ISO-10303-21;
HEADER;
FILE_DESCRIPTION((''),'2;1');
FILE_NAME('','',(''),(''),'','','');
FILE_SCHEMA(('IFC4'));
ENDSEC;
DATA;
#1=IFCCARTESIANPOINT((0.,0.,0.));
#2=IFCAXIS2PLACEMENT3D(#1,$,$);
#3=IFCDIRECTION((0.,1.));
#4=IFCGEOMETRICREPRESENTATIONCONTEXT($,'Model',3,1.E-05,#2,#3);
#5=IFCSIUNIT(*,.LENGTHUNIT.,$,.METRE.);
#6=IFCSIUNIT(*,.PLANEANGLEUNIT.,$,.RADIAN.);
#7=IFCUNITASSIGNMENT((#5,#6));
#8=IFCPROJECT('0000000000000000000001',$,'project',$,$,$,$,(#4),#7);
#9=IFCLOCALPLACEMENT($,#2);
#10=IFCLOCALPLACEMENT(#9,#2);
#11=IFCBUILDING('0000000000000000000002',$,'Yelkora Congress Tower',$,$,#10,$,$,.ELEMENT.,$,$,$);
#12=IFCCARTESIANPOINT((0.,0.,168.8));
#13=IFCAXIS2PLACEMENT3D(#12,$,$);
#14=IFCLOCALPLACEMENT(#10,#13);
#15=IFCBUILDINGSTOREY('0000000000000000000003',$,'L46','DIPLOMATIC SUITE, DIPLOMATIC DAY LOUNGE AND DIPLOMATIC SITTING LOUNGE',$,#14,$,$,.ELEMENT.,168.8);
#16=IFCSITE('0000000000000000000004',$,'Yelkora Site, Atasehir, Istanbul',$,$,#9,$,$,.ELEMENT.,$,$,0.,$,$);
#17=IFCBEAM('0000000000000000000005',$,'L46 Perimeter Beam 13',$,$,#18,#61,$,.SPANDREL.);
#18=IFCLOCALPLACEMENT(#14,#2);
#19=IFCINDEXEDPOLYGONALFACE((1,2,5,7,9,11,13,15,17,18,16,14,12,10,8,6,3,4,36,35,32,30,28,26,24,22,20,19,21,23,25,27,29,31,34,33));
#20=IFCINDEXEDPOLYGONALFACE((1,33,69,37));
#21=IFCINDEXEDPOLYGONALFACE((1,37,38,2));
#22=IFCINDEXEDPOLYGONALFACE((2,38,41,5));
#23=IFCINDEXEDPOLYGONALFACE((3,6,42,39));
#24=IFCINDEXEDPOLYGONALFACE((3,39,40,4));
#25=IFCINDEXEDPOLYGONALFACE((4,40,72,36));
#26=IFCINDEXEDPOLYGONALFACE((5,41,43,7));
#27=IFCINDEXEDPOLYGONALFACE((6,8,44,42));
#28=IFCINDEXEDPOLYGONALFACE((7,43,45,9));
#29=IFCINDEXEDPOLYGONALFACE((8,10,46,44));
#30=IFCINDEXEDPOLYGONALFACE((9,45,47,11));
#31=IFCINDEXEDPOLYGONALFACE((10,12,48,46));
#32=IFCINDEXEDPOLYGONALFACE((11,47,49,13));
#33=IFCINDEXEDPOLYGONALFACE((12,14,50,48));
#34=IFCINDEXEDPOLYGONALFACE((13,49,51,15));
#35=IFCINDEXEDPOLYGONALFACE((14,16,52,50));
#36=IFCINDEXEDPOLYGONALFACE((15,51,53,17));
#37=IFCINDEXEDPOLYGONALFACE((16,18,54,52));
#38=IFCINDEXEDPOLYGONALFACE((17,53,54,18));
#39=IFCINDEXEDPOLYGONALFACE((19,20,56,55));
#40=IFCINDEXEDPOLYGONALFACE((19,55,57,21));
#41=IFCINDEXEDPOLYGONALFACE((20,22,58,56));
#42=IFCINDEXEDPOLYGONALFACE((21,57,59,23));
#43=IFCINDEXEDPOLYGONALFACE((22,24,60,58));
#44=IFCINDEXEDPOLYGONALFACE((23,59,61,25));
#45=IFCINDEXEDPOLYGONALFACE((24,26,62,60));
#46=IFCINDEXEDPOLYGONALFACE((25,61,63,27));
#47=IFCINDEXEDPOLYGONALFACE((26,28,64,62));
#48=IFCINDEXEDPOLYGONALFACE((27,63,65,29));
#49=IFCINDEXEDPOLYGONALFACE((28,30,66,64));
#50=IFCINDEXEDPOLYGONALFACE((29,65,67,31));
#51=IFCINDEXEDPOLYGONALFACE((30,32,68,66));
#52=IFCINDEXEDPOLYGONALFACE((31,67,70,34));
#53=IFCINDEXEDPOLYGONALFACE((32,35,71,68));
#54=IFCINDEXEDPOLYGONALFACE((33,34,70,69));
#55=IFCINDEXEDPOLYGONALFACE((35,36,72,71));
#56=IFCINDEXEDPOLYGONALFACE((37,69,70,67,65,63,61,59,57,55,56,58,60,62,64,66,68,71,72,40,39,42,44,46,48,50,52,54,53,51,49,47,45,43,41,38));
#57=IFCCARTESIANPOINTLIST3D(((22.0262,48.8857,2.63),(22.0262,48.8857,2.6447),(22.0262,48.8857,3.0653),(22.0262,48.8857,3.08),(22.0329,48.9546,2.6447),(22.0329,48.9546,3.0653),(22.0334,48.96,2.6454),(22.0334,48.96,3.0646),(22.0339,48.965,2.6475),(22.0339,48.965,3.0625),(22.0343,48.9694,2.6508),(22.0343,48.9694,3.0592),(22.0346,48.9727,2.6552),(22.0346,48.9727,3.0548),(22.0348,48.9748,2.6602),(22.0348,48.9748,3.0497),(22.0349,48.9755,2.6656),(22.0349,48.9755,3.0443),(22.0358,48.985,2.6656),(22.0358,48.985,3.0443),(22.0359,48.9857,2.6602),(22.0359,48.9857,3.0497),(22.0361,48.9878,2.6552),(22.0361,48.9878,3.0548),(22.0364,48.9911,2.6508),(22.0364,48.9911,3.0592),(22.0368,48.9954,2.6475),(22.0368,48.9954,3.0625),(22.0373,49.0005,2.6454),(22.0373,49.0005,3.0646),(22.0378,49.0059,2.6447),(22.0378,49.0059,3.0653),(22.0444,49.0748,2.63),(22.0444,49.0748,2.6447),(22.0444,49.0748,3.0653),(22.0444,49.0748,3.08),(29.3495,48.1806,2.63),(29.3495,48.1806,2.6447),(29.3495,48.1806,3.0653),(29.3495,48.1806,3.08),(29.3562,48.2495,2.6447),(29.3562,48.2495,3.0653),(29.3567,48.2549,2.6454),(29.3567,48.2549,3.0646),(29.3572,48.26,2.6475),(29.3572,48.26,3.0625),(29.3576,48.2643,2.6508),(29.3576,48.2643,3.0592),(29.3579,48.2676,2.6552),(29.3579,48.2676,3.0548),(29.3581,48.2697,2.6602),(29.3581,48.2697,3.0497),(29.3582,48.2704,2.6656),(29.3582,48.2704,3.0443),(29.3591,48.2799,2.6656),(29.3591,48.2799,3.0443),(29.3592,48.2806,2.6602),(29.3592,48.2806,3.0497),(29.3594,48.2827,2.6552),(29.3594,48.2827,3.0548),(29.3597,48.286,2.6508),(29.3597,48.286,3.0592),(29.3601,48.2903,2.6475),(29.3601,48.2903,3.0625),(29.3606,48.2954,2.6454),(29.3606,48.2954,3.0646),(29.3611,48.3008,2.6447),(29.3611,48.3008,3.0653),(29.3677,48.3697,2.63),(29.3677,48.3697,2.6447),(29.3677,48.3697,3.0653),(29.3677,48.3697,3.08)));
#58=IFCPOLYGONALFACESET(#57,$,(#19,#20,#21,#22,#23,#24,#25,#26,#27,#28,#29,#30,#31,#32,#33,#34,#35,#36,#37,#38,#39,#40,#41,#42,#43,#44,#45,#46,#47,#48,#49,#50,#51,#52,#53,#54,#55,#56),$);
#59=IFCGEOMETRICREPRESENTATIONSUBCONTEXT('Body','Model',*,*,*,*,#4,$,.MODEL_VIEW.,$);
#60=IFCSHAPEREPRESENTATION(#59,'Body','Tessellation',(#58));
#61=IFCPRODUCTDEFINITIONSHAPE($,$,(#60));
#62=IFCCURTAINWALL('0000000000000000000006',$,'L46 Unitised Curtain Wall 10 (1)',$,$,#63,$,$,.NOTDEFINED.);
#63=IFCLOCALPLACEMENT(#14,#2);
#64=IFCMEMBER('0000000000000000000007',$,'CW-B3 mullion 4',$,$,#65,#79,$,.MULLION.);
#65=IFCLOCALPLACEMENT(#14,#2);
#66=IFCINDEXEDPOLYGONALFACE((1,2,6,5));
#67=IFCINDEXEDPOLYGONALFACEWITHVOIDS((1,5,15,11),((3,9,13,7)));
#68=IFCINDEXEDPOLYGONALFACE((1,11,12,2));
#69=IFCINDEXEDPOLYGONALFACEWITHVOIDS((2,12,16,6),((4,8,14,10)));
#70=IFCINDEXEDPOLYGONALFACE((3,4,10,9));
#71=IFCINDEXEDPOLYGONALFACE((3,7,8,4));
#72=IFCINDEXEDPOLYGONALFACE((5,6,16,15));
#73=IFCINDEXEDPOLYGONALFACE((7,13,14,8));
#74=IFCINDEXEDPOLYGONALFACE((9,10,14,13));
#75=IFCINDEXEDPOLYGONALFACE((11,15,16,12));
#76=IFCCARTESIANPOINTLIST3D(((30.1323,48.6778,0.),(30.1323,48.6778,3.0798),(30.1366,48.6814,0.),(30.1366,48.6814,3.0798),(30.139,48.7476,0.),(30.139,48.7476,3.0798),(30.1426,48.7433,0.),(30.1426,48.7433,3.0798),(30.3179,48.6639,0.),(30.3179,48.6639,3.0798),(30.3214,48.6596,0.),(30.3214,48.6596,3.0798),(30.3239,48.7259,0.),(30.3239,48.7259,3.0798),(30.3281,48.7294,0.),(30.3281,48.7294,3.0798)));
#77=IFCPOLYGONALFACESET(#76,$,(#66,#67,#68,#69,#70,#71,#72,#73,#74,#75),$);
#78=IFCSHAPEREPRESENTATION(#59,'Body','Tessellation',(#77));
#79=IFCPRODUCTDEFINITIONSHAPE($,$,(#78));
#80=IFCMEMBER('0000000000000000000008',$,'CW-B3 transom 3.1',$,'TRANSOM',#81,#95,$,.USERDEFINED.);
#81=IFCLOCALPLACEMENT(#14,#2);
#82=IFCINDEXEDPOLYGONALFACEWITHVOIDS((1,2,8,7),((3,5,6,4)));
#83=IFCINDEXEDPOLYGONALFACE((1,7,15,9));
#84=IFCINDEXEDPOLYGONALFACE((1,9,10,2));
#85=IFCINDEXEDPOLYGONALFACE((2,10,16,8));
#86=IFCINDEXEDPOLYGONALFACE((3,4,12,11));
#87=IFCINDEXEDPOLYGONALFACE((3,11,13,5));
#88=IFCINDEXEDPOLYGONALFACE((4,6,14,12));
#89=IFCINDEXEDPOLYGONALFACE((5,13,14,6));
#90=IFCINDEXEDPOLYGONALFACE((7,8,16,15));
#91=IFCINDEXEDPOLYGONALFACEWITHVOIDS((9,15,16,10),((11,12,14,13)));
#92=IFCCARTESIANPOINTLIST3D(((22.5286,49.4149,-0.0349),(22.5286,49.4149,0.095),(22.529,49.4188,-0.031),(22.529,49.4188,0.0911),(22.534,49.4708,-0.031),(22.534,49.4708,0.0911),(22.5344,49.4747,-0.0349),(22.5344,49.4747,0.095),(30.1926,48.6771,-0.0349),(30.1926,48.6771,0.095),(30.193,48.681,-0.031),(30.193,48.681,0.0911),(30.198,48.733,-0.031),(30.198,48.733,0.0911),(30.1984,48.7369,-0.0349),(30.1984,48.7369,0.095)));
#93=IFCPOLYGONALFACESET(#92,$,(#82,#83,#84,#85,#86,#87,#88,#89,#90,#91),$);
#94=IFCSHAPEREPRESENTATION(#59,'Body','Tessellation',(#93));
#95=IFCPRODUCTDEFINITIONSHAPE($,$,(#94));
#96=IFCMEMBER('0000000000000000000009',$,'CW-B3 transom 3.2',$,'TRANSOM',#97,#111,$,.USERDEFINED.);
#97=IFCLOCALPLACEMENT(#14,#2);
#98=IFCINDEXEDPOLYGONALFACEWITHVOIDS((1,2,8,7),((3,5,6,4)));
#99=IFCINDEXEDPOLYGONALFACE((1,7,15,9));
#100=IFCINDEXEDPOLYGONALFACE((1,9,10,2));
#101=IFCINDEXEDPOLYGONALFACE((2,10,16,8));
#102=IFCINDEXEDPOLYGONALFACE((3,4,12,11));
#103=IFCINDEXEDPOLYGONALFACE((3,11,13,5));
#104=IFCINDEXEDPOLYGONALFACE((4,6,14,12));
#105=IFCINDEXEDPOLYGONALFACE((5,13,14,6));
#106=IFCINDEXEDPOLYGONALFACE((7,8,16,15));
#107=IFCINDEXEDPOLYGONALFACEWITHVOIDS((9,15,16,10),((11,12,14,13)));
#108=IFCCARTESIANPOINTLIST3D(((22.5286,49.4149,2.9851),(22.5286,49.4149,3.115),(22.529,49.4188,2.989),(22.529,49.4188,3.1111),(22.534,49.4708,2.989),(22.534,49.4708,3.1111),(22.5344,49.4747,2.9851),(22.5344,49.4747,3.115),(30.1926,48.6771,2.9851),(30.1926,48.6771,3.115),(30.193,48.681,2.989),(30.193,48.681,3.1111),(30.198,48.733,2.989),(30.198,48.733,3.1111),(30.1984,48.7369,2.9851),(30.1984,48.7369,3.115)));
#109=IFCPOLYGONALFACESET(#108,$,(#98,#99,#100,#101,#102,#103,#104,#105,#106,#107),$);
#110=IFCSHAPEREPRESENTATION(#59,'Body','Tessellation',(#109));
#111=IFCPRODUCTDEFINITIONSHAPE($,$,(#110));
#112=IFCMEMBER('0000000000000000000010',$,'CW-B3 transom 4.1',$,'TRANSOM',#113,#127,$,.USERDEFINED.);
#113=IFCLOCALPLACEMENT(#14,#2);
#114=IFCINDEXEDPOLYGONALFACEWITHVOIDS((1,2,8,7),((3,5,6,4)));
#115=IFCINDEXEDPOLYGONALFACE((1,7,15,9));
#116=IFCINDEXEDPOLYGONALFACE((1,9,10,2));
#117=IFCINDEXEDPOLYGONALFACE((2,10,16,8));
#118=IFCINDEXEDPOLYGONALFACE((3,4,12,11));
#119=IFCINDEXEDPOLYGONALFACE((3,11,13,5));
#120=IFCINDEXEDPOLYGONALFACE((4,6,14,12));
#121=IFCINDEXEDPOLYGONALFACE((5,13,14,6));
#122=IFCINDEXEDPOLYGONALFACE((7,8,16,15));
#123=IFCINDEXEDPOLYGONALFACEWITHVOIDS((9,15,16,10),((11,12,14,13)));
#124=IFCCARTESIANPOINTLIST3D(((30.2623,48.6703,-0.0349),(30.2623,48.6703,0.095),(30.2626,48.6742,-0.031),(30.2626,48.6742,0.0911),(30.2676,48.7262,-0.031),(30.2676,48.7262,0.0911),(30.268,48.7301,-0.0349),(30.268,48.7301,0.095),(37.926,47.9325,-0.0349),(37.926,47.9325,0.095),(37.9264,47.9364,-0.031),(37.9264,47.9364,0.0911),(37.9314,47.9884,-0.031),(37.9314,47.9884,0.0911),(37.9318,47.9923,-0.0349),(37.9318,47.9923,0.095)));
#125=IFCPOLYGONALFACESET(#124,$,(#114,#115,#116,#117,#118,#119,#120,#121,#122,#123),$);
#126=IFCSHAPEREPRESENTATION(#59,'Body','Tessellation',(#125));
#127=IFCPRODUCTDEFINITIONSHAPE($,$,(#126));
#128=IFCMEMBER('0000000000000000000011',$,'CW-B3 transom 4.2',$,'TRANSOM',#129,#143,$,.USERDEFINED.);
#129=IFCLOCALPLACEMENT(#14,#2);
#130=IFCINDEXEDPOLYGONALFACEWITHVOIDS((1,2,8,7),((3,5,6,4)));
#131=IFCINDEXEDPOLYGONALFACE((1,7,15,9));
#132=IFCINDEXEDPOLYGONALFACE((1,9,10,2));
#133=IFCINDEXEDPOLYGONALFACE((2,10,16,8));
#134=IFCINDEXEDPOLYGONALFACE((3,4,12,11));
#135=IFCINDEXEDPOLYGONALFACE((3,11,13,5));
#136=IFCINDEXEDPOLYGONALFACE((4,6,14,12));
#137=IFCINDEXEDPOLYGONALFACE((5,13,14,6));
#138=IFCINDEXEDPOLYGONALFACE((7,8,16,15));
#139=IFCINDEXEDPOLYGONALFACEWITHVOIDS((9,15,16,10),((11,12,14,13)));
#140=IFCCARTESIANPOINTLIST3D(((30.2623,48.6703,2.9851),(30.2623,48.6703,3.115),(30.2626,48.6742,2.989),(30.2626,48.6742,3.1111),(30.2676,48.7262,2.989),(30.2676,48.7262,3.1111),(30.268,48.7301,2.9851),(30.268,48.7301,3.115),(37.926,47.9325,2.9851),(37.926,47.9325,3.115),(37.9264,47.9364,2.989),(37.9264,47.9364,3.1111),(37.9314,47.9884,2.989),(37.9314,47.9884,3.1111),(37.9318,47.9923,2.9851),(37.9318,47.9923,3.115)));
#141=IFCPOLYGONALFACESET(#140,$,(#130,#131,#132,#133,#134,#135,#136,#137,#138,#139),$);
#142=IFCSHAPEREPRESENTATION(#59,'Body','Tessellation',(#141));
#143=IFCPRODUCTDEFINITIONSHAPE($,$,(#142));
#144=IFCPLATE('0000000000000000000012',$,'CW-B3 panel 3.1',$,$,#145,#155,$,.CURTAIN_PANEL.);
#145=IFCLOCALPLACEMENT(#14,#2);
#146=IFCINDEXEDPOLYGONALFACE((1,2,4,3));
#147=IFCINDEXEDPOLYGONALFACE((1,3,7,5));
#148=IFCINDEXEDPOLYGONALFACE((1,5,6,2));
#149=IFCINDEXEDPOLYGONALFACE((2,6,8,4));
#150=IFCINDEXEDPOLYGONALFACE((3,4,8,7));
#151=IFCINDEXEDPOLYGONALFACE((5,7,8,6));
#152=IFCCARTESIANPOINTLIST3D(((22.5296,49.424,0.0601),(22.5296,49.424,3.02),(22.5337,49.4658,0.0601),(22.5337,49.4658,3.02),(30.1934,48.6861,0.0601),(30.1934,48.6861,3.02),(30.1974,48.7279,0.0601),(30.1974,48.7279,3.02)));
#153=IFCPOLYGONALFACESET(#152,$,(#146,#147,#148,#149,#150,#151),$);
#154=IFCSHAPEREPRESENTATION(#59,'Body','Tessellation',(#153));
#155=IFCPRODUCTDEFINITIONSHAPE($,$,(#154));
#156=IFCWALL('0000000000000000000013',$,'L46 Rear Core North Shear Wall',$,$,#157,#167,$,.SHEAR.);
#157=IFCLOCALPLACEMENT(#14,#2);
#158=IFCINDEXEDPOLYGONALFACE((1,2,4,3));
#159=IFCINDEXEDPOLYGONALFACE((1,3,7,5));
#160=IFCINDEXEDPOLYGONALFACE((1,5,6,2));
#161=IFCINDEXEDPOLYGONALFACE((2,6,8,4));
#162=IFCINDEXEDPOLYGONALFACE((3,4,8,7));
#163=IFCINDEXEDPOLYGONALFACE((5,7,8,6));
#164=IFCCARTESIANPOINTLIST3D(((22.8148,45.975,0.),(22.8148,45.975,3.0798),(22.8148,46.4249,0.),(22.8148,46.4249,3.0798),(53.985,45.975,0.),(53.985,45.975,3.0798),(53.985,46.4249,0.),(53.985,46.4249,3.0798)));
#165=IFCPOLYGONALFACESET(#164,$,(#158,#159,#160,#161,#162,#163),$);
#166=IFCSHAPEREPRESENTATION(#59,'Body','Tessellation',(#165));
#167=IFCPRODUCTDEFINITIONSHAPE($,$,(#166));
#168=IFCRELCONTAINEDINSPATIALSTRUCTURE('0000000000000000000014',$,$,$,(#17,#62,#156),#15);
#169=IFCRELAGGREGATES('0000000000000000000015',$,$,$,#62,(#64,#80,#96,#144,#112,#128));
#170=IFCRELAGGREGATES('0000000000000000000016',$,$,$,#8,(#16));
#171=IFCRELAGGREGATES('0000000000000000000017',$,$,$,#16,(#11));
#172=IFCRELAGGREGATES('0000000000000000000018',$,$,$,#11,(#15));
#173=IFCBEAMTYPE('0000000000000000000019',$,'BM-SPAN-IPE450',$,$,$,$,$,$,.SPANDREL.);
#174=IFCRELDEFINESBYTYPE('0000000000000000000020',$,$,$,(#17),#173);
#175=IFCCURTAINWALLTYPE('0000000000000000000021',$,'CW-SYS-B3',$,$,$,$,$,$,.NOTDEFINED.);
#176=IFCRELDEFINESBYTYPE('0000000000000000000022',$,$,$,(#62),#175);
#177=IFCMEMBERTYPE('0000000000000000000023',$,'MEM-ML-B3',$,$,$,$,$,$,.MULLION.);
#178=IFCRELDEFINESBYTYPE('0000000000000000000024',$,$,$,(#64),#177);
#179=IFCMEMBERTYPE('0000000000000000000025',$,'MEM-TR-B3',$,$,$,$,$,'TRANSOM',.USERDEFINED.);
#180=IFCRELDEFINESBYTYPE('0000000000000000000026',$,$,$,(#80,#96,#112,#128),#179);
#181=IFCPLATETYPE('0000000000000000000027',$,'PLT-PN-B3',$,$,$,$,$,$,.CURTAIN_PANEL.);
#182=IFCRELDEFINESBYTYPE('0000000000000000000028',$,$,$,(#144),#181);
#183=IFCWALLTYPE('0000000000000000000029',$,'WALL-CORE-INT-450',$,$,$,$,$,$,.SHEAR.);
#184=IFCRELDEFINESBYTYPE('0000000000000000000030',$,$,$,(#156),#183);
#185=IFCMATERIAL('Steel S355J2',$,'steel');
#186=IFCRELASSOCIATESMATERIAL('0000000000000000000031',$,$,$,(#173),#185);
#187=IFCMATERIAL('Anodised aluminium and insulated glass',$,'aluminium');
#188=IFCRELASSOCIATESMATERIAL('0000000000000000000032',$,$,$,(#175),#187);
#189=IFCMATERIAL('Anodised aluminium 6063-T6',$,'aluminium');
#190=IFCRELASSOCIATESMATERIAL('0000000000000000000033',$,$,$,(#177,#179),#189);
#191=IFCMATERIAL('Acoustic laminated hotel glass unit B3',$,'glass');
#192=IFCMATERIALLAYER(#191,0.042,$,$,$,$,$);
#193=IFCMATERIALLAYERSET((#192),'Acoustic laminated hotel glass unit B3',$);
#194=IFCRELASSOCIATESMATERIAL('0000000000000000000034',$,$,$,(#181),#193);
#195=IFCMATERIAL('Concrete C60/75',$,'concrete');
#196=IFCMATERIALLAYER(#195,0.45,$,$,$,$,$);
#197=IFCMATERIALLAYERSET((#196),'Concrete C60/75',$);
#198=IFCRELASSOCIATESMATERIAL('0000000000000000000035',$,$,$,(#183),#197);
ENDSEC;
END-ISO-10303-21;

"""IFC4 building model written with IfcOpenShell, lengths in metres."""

from ifc_helpers import new_model, si_unit, direction, frame, frame_2d, origin, origin_2d, place, context, subcontext, project, spatial, rectangle, hollow_rectangle, i_section, extrude, material, layer, layer_set, material_profile, profile_set, type_object, element, aggregate, save


model = new_model("IFC4")

# Units and contexts
model_context = context("Model", 3, precision=1e-05, world=origin(), true_north=direction((0.0, 1.0)))
body_context = subcontext(model_context, "Body", "Model", "MODEL_VIEW")
ifc_project = project(units=[si_unit("LENGTHUNIT", "METRE"), si_unit("PLANEANGLEUNIT", "RADIAN")], contexts=[model_context])

# Site, building, storey
site_placement = place(None, origin())
site = spatial("IfcSite", under=ifc_project, at=site_placement, Name="Yelkora Site, Atasehir, Istanbul", CompositionType="ELEMENT", RefElevation=0.0)
building_placement = place(site_placement, origin())
building = spatial("IfcBuilding", under=site, at=building_placement, Name="Yelkora Congress Tower", CompositionType="ELEMENT")
storey_placement = place(building_placement, frame((0.0, 0.0, 168.8)))
storey = spatial("IfcBuildingStorey", under=building, at=storey_placement, Name="L46", Description="DIPLOMATIC SUITE, DIPLOMATIC DAY LOUNGE AND DIPLOMATIC SITTING LOUNGE", CompositionType="ELEMENT", Elevation=168.8)

# Beam
ifc_material_1 = material(Name="Steel S355J2", Category="steel")
ifc_material_profile_1 = material_profile(ifc_material_1, i_section(OverallWidth=0.1899, OverallDepth=0.45, WebThickness=0.0095, FlangeThickness=0.0146, FilletRadius=0.021, at=origin_2d()), Name="IPE 450")
ifc_profile_set_1 = profile_set([ifc_material_profile_1], Name="Steel S355J2")
beam_type_1 = type_object("IfcBeamType", Name="BM-SPAN-IPE450", PredefinedType="SPANDREL", material=ifc_profile_set_1)
beam_1_placement = place(storey_placement, frame((29.3586, 48.2751, 2.855), z_axis=(-0.995397, 0.095836, 0.0), x_axis=(-0.095836, -0.995397, 0.0)))
element("IfcBeam", 1, at=beam_1_placement, inside=storey, type_object=beam_type_1, Name="L46 Perimeter Beam 13", PredefinedType="SPANDREL", context=body_context, shape_type="SweptSolid", body=[
    extrude(i_section(OverallWidth=0.1899, OverallDepth=0.45, WebThickness=0.0095, FlangeThickness=0.0146, FilletRadius=0.021, at=origin_2d()), origin(), (0.0, 0.0, 1.0), 7.3572),
])

# Curtain wall, members, plate
ifc_material_2 = material(Name="Anodised aluminium and insulated glass", Category="aluminium")
curtain_wall_type = type_object("IfcCurtainWallType", Name="CW-SYS-B3", PredefinedType="NOTDEFINED", material=ifc_material_2)
curtain_wall_placement = place(storey_placement, origin())
curtain_wall = element("IfcCurtainWall", 2, at=curtain_wall_placement, inside=storey, type_object=curtain_wall_type, Name="L46 Unitised Curtain Wall 10 (1)", PredefinedType="NOTDEFINED")
ifc_material_3 = material(Name="Anodised aluminium 6063-T6", Category="aluminium")
ifc_material_profile_2 = material_profile(ifc_material_3, hollow_rectangle(XDim=0.0701, YDim=0.1899, WallThickness=0.0039, at=origin_2d()), Name="ALU 70x190x4")
ifc_profile_set_2 = profile_set([ifc_material_profile_2], Name="Anodised aluminium 6063-T6")
member_type_1 = type_object("IfcMemberType", Name="MEM-ML-B3", PredefinedType="MULLION", material=ifc_profile_set_2)
member_1_placement = place(storey_placement, frame((30.2302, 48.7036, 0.0), z_axis=(0.0, 0.0, 1.0), x_axis=(0.095845, 0.995396, 0.0)))
member_1 = element("IfcMember", 3, at=member_1_placement, type_object=member_type_1, Name="CW-B3 mullion 4", PredefinedType="MULLION", context=body_context, shape_type="SweptSolid", body=[
    extrude(hollow_rectangle(XDim=0.0701, YDim=0.1899, WallThickness=0.0039, at=origin_2d()), origin(), (0.0, 0.0, 1.0), 3.0798),
])
ifc_material_profile_3 = material_profile(ifc_material_3, hollow_rectangle(XDim=0.0601, YDim=0.1299, WallThickness=0.0039, at=origin_2d()), Name="ALU 60x130x4")
ifc_profile_set_3 = profile_set([ifc_material_profile_3], Name="Anodised aluminium 6063-T6")
member_type_2 = type_object("IfcMemberType", Name="MEM-TR-B3", ElementType="TRANSOM", PredefinedType="USERDEFINED", material=ifc_profile_set_3)
member_2_placement = place(storey_placement, frame((22.5315, 49.4448, 0.03), z_axis=(0.995398, -0.095824, 0.0), x_axis=(0.095824, 0.995398, 0.0)))
member_2 = element("IfcMember", 4, at=member_2_placement, type_object=member_type_2, Name="CW-B3 transom 3.1", ObjectType="TRANSOM", PredefinedType="USERDEFINED", context=body_context, shape_type="SweptSolid", body=[
    extrude(hollow_rectangle(XDim=0.0601, YDim=0.1299, WallThickness=0.0039, at=origin_2d()), origin(), (0.0, 0.0, 1.0), 7.6995),
])
member_3_placement = place(storey_placement, frame((22.5315, 49.4448, 3.05), z_axis=(0.995398, -0.095824, 0.0), x_axis=(0.095824, 0.995398, 0.0)))
member_3 = element("IfcMember", 5, at=member_3_placement, type_object=member_type_2, Name="CW-B3 transom 3.2", ObjectType="TRANSOM", PredefinedType="USERDEFINED", context=body_context, shape_type="SweptSolid", body=[
    extrude(hollow_rectangle(XDim=0.0601, YDim=0.1299, WallThickness=0.0039, at=origin_2d()), origin(), (0.0, 0.0, 1.0), 7.6995),
])
member_4_placement = place(storey_placement, frame((30.2651, 48.7002, 0.03), z_axis=(0.995398, -0.095827, 0.0), x_axis=(0.095827, 0.995398, 0.0)))
member_4 = element("IfcMember", 6, at=member_4_placement, type_object=member_type_2, Name="CW-B3 transom 4.1", ObjectType="TRANSOM", PredefinedType="USERDEFINED", context=body_context, shape_type="SweptSolid", body=[
    extrude(hollow_rectangle(XDim=0.0601, YDim=0.1299, WallThickness=0.0039, at=origin_2d()), origin(), (0.0, 0.0, 1.0), 7.6992),
])
member_5_placement = place(storey_placement, frame((30.2651, 48.7002, 3.05), z_axis=(0.995398, -0.095827, 0.0), x_axis=(0.095827, 0.995398, 0.0)))
member_5 = element("IfcMember", 7, at=member_5_placement, type_object=member_type_2, Name="CW-B3 transom 4.2", ObjectType="TRANSOM", PredefinedType="USERDEFINED", context=body_context, shape_type="SweptSolid", body=[
    extrude(hollow_rectangle(XDim=0.0601, YDim=0.1299, WallThickness=0.0039, at=origin_2d()), origin(), (0.0, 0.0, 1.0), 7.6992),
])
ifc_material_4 = material(Name="Acoustic laminated hotel glass unit B3", Category="glass")
ifc_layer_1 = layer(ifc_material_4, 0.042)
ifc_layer_set_1 = layer_set([ifc_layer_1], Name="Acoustic laminated hotel glass unit B3")
plate_type = type_object("IfcPlateType", Name="PLT-PN-B3", PredefinedType="CURTAIN_PANEL", material=ifc_layer_set_1)
plate_placement = place(storey_placement, frame((26.3635, 49.0759, 0.0601), z_axis=(0.0, 0.0, 1.0), x_axis=(0.995396, -0.095845, 0.0)))
plate = element("IfcPlate", 8, at=plate_placement, type_object=plate_type, Name="CW-B3 panel 3.1", PredefinedType="CURTAIN_PANEL", context=body_context, shape_type="SweptSolid", body=[
    extrude(rectangle(XDim=7.6992, YDim=0.042, at=origin_2d()), origin(), (0.0, 0.0, 1.0), 2.96),
])
aggregate(curtain_wall, [member_1, member_2, member_3, plate, member_4, member_5])

# Wall
ifc_material_5 = material(Name="Concrete C60/75", Category="concrete")
ifc_layer_2 = layer(ifc_material_5, 0.45)
ifc_layer_set_2 = layer_set([ifc_layer_2], Name="Concrete C60/75")
wall_type_1 = type_object("IfcWallType", Name="WALL-CORE-INT-450", PredefinedType="SHEAR", material=ifc_layer_set_2)
wall_1_placement = place(storey_placement, frame((22.8149, 46.2, 0.0), z_axis=(0.0, 0.0, 1.0), x_axis=(1.0, 0.0, 0.0)))
element("IfcWall", 9, at=wall_1_placement, inside=storey, type_object=wall_type_1, Name="L46 Rear Core North Shear Wall", PredefinedType="SHEAR", context=body_context, shape_type="SweptSolid", body=[
    extrude(rectangle(XDim=31.1702, YDim=0.45, at=frame_2d((15.585, 0.0))), origin(), (0.0, 0.0, 1.0), 3.0798),
])

save(model, "model.ifc")
